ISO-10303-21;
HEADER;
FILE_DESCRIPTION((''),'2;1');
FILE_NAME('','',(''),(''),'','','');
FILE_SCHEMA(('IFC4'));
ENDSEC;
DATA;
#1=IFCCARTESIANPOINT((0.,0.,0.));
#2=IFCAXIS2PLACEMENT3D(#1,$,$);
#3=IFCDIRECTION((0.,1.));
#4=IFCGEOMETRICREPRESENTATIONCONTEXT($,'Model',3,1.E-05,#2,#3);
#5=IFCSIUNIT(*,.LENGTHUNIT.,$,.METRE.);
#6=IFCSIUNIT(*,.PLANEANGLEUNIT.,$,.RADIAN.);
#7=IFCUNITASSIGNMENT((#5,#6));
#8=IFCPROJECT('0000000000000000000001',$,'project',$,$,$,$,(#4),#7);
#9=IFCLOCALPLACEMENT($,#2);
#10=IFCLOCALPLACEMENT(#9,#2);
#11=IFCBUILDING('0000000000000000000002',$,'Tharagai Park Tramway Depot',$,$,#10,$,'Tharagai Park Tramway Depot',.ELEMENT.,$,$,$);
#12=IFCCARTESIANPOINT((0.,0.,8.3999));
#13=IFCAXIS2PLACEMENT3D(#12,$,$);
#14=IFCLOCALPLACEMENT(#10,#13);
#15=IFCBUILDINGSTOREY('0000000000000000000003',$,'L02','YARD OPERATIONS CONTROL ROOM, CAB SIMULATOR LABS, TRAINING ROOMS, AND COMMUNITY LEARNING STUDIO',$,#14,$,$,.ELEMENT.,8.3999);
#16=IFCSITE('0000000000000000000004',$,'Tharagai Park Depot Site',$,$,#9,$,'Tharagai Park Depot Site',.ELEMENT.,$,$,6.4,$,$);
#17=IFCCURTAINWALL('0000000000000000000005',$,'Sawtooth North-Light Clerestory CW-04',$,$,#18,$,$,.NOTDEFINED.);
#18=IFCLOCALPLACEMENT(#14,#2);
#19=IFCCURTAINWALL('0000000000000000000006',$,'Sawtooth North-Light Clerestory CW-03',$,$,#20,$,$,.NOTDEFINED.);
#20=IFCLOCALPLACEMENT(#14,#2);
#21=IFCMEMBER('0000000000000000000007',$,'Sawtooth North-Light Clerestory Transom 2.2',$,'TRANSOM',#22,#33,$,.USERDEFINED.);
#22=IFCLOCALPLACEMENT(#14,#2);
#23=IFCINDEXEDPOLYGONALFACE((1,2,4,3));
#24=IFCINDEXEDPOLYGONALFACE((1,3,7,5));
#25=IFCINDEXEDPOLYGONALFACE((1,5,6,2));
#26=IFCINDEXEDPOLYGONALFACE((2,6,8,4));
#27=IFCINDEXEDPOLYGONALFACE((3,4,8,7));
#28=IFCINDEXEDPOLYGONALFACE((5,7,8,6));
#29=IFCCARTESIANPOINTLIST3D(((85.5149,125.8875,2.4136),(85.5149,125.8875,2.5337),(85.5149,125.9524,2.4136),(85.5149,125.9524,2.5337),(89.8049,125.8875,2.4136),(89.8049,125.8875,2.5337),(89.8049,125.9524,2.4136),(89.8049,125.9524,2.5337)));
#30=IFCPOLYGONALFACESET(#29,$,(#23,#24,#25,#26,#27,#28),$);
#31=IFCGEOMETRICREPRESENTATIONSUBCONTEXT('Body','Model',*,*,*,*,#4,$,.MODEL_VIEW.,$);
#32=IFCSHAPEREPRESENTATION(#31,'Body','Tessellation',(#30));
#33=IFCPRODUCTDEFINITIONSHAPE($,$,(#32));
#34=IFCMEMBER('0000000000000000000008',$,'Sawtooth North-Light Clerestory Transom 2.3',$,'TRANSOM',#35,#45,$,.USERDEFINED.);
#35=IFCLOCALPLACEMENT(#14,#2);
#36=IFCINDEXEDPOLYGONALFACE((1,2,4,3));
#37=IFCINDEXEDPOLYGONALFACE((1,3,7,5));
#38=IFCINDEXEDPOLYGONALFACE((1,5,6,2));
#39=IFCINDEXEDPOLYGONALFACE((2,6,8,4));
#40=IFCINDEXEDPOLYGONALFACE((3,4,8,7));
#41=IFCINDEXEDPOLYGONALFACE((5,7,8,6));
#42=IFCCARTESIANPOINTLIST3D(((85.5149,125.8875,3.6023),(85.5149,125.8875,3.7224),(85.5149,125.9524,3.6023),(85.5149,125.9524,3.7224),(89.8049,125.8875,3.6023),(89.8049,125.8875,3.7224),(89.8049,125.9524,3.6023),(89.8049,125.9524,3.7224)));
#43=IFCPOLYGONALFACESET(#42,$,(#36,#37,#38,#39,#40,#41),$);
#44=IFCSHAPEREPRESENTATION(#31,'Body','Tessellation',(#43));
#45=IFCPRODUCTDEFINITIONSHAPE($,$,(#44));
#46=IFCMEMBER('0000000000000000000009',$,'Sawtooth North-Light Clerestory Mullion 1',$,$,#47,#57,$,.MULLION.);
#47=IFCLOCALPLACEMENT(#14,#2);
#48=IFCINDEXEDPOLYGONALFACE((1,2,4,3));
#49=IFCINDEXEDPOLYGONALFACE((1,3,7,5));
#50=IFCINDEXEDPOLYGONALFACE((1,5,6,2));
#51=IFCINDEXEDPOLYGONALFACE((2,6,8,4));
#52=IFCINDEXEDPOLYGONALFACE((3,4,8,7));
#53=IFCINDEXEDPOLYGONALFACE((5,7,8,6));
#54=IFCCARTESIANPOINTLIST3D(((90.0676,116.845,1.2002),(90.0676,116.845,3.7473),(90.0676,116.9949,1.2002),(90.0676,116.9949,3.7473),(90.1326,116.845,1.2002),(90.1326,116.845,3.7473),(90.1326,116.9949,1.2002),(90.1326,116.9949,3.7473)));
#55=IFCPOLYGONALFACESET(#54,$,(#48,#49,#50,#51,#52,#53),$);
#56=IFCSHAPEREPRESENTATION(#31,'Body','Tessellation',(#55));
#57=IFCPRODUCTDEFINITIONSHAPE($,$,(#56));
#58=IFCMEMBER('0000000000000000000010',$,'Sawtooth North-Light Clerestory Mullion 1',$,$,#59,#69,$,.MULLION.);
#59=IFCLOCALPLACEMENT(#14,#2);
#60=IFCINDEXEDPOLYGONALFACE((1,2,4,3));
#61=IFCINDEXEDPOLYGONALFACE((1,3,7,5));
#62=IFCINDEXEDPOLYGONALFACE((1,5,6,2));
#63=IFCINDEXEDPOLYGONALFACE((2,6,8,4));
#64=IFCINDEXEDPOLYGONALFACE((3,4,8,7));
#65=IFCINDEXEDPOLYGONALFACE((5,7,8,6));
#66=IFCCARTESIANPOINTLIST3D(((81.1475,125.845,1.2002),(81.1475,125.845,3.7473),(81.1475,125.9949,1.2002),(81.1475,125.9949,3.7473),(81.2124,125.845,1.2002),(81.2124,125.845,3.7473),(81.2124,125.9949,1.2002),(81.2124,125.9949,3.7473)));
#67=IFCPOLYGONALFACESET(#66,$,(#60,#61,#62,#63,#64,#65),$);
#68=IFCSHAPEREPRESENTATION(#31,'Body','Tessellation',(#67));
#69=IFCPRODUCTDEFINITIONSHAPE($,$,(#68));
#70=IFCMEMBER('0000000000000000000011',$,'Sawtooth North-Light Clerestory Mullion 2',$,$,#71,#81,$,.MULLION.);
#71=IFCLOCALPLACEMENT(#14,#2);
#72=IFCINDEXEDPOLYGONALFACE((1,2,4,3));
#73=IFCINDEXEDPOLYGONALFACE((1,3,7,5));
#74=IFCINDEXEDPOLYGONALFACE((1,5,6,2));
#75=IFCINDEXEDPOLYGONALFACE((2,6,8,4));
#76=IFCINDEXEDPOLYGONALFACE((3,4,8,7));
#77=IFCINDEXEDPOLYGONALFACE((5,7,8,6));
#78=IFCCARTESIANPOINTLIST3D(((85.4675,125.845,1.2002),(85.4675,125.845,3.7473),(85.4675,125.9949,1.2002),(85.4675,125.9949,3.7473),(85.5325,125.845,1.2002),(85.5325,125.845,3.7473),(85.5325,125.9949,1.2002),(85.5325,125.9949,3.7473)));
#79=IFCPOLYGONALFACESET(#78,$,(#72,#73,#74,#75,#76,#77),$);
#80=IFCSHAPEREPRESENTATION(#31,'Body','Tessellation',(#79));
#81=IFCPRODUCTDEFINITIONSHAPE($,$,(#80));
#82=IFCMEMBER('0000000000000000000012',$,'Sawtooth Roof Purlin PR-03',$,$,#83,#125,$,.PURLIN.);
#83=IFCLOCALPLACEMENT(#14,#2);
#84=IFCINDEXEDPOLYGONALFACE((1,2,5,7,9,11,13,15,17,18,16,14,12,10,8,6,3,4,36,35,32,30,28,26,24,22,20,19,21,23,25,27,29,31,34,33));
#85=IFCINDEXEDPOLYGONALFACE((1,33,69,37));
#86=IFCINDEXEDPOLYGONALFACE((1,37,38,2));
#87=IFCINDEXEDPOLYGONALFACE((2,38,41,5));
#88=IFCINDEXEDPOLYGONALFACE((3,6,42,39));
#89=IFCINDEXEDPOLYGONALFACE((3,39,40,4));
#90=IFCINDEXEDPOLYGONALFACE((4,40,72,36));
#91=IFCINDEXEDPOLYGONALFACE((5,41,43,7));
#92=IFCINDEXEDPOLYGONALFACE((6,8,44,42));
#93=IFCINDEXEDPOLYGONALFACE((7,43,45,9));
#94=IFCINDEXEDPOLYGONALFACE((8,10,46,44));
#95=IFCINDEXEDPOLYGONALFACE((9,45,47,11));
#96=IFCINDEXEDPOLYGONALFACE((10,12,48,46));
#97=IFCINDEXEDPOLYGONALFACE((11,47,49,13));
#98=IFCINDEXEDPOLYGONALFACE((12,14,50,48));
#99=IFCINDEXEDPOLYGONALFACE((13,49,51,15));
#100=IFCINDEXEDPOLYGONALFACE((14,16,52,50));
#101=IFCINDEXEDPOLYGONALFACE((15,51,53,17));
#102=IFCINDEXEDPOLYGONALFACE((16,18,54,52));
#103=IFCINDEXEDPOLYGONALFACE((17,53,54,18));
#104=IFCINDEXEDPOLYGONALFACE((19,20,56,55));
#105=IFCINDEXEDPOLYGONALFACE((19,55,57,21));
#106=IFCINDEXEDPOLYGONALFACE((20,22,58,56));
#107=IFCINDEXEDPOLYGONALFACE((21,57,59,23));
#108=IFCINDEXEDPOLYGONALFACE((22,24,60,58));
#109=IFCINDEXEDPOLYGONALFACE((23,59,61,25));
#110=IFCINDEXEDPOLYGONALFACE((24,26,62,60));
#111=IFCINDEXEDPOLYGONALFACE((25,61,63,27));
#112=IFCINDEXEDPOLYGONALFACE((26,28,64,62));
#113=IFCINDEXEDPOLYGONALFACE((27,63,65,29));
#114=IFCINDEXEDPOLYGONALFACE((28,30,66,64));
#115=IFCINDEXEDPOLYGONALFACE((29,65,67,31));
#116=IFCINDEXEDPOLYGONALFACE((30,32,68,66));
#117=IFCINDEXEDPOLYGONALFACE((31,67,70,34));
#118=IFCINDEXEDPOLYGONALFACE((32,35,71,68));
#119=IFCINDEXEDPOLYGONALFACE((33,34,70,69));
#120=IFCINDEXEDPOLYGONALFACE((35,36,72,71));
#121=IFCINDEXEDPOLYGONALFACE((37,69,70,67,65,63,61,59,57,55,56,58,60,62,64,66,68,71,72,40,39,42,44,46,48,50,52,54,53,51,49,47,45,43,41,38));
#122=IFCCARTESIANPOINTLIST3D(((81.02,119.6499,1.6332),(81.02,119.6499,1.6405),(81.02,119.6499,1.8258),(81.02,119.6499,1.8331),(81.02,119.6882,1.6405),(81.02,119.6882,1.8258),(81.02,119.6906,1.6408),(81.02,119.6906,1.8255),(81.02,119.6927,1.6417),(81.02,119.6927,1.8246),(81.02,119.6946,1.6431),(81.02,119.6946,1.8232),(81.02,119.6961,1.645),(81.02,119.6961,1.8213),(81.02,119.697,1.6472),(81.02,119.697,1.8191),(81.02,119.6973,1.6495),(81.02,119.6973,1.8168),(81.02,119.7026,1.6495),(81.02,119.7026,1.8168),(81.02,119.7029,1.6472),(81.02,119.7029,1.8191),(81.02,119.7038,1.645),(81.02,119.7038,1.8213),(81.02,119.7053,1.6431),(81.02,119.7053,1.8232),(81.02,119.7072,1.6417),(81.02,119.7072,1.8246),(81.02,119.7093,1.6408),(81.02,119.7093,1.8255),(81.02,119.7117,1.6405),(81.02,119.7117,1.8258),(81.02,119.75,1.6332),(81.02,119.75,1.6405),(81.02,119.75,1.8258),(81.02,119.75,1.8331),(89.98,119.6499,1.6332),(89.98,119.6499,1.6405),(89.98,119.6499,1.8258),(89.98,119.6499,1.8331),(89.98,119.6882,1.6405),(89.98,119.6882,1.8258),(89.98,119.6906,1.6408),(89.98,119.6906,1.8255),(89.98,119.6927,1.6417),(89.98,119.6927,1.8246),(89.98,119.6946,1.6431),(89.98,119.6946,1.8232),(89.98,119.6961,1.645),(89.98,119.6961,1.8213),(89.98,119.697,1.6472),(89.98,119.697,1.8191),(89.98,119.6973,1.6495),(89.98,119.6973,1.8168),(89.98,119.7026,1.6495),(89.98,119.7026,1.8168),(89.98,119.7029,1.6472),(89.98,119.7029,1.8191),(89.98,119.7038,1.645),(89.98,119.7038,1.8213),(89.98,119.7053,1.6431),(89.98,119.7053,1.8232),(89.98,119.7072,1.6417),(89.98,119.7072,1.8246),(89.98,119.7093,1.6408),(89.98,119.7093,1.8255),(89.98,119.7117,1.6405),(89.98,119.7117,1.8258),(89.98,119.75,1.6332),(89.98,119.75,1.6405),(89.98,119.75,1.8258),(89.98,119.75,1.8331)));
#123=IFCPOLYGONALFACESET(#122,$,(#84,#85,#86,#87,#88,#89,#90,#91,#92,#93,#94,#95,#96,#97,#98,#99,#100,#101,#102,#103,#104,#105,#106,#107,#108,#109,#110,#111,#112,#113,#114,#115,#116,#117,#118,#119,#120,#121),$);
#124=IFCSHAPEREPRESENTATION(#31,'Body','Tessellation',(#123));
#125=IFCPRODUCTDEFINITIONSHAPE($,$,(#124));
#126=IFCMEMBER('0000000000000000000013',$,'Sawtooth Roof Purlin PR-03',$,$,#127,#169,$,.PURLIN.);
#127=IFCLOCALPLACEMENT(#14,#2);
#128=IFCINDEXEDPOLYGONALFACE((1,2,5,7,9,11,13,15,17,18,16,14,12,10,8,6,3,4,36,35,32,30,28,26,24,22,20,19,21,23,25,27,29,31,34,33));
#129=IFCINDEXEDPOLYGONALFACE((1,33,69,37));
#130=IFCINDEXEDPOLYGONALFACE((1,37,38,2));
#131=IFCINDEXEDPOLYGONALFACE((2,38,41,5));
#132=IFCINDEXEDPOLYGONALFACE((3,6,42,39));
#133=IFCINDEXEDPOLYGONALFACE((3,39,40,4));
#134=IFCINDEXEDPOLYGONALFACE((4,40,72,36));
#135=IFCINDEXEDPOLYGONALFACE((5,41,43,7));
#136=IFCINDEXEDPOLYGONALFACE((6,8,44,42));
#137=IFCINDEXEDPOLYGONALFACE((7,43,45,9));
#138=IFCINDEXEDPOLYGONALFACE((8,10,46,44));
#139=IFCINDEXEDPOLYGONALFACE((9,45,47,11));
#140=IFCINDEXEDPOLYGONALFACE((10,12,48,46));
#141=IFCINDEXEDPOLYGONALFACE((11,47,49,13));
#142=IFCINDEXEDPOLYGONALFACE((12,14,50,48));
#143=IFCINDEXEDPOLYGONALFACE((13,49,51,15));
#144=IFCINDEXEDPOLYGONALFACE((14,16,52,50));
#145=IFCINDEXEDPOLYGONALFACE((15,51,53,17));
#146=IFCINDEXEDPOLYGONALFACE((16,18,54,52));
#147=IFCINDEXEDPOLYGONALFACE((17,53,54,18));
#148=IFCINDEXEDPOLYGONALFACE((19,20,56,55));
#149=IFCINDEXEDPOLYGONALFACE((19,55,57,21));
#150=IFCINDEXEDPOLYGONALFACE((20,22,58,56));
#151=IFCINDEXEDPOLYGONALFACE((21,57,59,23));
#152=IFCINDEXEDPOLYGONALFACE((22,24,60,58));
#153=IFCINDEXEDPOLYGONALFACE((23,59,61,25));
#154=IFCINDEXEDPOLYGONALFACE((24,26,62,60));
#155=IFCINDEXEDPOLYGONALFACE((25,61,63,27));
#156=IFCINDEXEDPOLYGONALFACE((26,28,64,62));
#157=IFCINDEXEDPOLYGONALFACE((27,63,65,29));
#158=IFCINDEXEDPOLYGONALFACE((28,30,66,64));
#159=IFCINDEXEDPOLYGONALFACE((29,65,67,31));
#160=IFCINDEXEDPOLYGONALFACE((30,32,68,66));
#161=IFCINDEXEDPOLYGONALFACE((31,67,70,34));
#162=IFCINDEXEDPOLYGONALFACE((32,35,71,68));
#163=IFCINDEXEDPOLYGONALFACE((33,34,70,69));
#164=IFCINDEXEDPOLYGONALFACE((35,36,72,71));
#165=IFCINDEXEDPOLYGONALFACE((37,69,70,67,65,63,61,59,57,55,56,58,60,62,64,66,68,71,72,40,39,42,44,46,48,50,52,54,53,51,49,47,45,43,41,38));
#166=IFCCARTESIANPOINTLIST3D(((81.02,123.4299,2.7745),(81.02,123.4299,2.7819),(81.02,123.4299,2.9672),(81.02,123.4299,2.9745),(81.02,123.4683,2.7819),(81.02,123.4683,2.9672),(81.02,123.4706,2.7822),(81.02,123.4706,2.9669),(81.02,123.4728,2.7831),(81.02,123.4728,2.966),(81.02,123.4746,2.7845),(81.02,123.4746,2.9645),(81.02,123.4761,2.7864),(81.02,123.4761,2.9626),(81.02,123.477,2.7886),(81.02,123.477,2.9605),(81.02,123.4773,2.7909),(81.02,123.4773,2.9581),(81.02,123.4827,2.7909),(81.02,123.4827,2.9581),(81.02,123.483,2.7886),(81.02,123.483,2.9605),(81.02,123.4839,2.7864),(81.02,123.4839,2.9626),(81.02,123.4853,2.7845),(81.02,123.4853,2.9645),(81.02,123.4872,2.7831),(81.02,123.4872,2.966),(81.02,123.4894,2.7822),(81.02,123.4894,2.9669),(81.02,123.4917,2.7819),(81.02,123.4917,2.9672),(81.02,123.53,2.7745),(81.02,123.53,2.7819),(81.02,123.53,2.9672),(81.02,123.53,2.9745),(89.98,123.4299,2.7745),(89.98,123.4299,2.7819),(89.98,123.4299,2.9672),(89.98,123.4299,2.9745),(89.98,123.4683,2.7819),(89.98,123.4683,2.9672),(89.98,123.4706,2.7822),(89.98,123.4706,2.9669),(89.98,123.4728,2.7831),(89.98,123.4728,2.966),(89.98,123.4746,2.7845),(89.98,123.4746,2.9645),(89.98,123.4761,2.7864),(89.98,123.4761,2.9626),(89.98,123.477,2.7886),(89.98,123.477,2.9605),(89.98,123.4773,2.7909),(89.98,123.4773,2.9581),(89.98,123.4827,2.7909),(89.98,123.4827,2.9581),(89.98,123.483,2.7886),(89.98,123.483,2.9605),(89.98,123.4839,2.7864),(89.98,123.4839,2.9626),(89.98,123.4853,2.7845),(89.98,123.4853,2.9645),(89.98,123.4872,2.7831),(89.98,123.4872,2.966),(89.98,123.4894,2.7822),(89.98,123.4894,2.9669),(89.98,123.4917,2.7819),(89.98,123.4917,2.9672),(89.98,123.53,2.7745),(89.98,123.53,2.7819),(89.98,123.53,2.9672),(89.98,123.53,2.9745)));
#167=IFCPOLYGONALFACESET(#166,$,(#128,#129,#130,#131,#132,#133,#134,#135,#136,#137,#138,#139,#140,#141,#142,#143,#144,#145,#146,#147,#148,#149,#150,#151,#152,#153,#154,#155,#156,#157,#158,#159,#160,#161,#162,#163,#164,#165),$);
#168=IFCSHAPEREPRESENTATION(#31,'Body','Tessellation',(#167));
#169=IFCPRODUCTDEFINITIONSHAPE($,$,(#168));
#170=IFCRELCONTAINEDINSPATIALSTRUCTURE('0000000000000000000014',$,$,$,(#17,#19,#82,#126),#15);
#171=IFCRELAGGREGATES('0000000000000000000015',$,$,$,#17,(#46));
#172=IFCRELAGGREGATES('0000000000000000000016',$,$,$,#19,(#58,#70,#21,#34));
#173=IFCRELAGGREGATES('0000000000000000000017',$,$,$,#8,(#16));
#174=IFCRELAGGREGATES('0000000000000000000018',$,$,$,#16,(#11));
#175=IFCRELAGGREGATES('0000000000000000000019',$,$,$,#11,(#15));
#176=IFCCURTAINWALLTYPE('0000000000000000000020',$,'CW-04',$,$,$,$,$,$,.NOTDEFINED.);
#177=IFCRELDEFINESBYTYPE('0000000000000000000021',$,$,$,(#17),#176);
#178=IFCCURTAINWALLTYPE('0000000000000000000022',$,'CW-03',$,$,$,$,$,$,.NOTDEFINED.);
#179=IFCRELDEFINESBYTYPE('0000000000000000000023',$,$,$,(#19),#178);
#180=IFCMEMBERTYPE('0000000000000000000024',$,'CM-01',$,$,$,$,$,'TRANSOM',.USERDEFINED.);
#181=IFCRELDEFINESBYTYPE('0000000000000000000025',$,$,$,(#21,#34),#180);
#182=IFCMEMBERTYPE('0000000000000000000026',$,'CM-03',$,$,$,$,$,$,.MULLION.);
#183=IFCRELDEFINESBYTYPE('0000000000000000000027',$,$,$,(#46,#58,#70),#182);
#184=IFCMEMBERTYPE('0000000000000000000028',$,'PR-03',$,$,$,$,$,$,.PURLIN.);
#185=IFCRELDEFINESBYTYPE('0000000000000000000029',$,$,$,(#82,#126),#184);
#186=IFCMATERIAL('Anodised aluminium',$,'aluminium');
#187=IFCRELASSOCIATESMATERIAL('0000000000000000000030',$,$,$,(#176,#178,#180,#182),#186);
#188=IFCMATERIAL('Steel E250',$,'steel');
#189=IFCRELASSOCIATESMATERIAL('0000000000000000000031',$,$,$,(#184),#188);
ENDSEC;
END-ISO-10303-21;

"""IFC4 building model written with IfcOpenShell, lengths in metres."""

from ifc_helpers import new_model, si_unit, direction, frame, origin, origin_2d, place, context, subcontext, project, spatial, rectangle, i_section, extrude, material, material_profile, profile_set, type_object, element, aggregate, save


model = new_model("IFC4")

# Units and contexts
model_context = context("Model", 3, precision=1e-05, world=origin(), true_north=direction((0.0, 1.0)))
body_context = subcontext(model_context, "Body", "Model", "MODEL_VIEW")
ifc_project = project(units=[si_unit("LENGTHUNIT", "METRE"), si_unit("PLANEANGLEUNIT", "RADIAN")], contexts=[model_context])

# Site, building, storey
site_placement = place(None, origin())
site = spatial("IfcSite", under=ifc_project, at=site_placement, Name="Tharagai Park Depot Site", LongName="Tharagai Park Depot Site", CompositionType="ELEMENT", RefElevation=6.4)
building_placement = place(site_placement, origin())
building = spatial("IfcBuilding", under=site, at=building_placement, Name="Tharagai Park Tramway Depot", LongName="Tharagai Park Tramway Depot", CompositionType="ELEMENT")
storey_placement = place(building_placement, frame((0.0, 0.0, 8.3999)))
storey = spatial("IfcBuildingStorey", under=building, at=storey_placement, Name="L02", Description="YARD OPERATIONS CONTROL ROOM, CAB SIMULATOR LABS, TRAINING ROOMS, AND COMMUNITY LEARNING STUDIO", CompositionType="ELEMENT", Elevation=8.3999)

# Curtain walls, members
ifc_material_1 = material(Name="Anodised aluminium", Category="aluminium")
curtain_wall_type_1 = type_object("IfcCurtainWallType", Name="CW-04", PredefinedType="NOTDEFINED", material=ifc_material_1)
curtain_wall_1_placement = place(storey_placement, origin())
curtain_wall_1 = element("IfcCurtainWall", 1, at=curtain_wall_1_placement, inside=storey, type_object=curtain_wall_type_1, Name="Sawtooth North-Light Clerestory CW-04", PredefinedType="NOTDEFINED")
ifc_material_profile_1 = material_profile(ifc_material_1, rectangle(XDim=0.0649, YDim=0.1201, at=origin_2d()), Name="ALU 65x120")
ifc_profile_set_1 = profile_set([ifc_material_profile_1], Name="Anodised aluminium")
member_type_1 = type_object("IfcMemberType", Name="CM-01", ElementType="TRANSOM", PredefinedType="USERDEFINED", material=ifc_profile_set_1)
curtain_wall_type_2 = type_object("IfcCurtainWallType", Name="CW-03", PredefinedType="NOTDEFINED", material=ifc_material_1)
curtain_wall_2_placement = place(storey_placement, origin())
curtain_wall_2 = element("IfcCurtainWall", 2, at=curtain_wall_2_placement, inside=storey, type_object=curtain_wall_type_2, Name="Sawtooth North-Light Clerestory CW-03", PredefinedType="NOTDEFINED")
member_1_placement = place(storey_placement, frame((85.5149, 125.9199, 2.4736), z_axis=(1.0, 0.0, 0.0), x_axis=(0.0, 1.0, 0.0)))
member_1 = element("IfcMember", 3, at=member_1_placement, type_object=member_type_1, Name="Sawtooth North-Light Clerestory Transom 2.2", ObjectType="TRANSOM", PredefinedType="USERDEFINED", context=body_context, shape_type="SweptSolid", body=[
    extrude(rectangle(XDim=0.0649, YDim=0.1201, at=origin_2d()), origin(), (0.0, 0.0, 1.0), 4.29),
])
member_2_placement = place(storey_placement, frame((85.5149, 125.9199, 3.6624), z_axis=(1.0, 0.0, 0.0), x_axis=(0.0, 1.0, 0.0)))
member_2 = element("IfcMember", 4, at=member_2_placement, type_object=member_type_1, Name="Sawtooth North-Light Clerestory Transom 2.3", ObjectType="TRANSOM", PredefinedType="USERDEFINED", context=body_context, shape_type="SweptSolid", body=[
    extrude(rectangle(XDim=0.0649, YDim=0.1201, at=origin_2d()), origin(), (0.0, 0.0, 1.0), 4.29),
])

# Members
ifc_material_profile_2 = material_profile(ifc_material_1, rectangle(XDim=0.0649, YDim=0.1499, at=origin_2d()), Name="ALU 65x150")
ifc_profile_set_2 = profile_set([ifc_material_profile_2], Name="Anodised aluminium")
member_type_2 = type_object("IfcMemberType", Name="CM-03", PredefinedType="MULLION", material=ifc_profile_set_2)
member_3_placement = place(storey_placement, frame((90.1001, 116.9199, 1.2002), z_axis=(0.0, 0.0, 1.0), x_axis=(1.0, 0.0, 0.0)))
member_3 = element("IfcMember", 5, at=member_3_placement, type_object=member_type_2, Name="Sawtooth North-Light Clerestory Mullion 1", PredefinedType="MULLION", context=body_context, shape_type="SweptSolid", body=[
    extrude(rectangle(XDim=0.0649, YDim=0.1499, at=origin_2d()), origin(), (0.0, 0.0, 1.0), 2.5471),
])
aggregate(curtain_wall_1, [member_3])
member_4_placement = place(storey_placement, frame((81.1799, 125.9199, 1.2002), z_axis=(0.0, 0.0, 1.0), x_axis=(1.0, 0.0, 0.0)))
member_4 = element("IfcMember", 6, at=member_4_placement, type_object=member_type_2, Name="Sawtooth North-Light Clerestory Mullion 1", PredefinedType="MULLION", context=body_context, shape_type="SweptSolid", body=[
    extrude(rectangle(XDim=0.0649, YDim=0.1499, at=origin_2d()), origin(), (0.0, 0.0, 1.0), 2.5471),
])
member_5_placement = place(storey_placement, frame((85.5, 125.9199, 1.2002), z_axis=(0.0, 0.0, 1.0), x_axis=(1.0, 0.0, 0.0)))
member_5 = element("IfcMember", 7, at=member_5_placement, type_object=member_type_2, Name="Sawtooth North-Light Clerestory Mullion 2", PredefinedType="MULLION", context=body_context, shape_type="SweptSolid", body=[
    extrude(rectangle(XDim=0.0649, YDim=0.1499, at=origin_2d()), origin(), (0.0, 0.0, 1.0), 2.5471),
])

# Members
ifc_material_2 = material(Name="Steel E250", Category="steel")
ifc_material_profile_3 = material_profile(ifc_material_2, i_section(OverallWidth=0.1001, OverallDepth=0.2, WebThickness=0.0054, FlangeThickness=0.0073, FilletRadius=0.009, at=origin_2d()), Name="ISLB 200")
ifc_profile_set_3 = profile_set([ifc_material_profile_3], Name="Steel E250")
member_type_3 = type_object("IfcMemberType", Name="PR-03", PredefinedType="PURLIN", material=ifc_profile_set_3)
for number, where, z_axis, x_axis, name in (
    (8, (81.02, 119.7, 1.7332), (1.0, 0.0, 0.0), (0.0, 1.0, 0.0), "Sawtooth Roof Purlin PR-03"),
    (9, (81.02, 123.48, 2.8745), (1.0, 0.0, 0.0), (0.0, 1.0, 0.0), "Sawtooth Roof Purlin PR-03"),
):
    element("IfcMember", number, at=place(storey_placement, frame(where, z_axis=z_axis, x_axis=x_axis)), inside=storey, type_object=member_type_3, Name=name, PredefinedType="PURLIN", context=body_context, shape_type="SweptSolid", body=[
        extrude(i_section(OverallWidth=0.1001, OverallDepth=0.2, WebThickness=0.0054, FlangeThickness=0.0073, FilletRadius=0.009, at=origin_2d()), origin(), (0.0, 0.0, 1.0), 8.96),
    ])

aggregate(curtain_wall_2, [member_4, member_5, member_1, member_2])

save(model, "model.ifc")
